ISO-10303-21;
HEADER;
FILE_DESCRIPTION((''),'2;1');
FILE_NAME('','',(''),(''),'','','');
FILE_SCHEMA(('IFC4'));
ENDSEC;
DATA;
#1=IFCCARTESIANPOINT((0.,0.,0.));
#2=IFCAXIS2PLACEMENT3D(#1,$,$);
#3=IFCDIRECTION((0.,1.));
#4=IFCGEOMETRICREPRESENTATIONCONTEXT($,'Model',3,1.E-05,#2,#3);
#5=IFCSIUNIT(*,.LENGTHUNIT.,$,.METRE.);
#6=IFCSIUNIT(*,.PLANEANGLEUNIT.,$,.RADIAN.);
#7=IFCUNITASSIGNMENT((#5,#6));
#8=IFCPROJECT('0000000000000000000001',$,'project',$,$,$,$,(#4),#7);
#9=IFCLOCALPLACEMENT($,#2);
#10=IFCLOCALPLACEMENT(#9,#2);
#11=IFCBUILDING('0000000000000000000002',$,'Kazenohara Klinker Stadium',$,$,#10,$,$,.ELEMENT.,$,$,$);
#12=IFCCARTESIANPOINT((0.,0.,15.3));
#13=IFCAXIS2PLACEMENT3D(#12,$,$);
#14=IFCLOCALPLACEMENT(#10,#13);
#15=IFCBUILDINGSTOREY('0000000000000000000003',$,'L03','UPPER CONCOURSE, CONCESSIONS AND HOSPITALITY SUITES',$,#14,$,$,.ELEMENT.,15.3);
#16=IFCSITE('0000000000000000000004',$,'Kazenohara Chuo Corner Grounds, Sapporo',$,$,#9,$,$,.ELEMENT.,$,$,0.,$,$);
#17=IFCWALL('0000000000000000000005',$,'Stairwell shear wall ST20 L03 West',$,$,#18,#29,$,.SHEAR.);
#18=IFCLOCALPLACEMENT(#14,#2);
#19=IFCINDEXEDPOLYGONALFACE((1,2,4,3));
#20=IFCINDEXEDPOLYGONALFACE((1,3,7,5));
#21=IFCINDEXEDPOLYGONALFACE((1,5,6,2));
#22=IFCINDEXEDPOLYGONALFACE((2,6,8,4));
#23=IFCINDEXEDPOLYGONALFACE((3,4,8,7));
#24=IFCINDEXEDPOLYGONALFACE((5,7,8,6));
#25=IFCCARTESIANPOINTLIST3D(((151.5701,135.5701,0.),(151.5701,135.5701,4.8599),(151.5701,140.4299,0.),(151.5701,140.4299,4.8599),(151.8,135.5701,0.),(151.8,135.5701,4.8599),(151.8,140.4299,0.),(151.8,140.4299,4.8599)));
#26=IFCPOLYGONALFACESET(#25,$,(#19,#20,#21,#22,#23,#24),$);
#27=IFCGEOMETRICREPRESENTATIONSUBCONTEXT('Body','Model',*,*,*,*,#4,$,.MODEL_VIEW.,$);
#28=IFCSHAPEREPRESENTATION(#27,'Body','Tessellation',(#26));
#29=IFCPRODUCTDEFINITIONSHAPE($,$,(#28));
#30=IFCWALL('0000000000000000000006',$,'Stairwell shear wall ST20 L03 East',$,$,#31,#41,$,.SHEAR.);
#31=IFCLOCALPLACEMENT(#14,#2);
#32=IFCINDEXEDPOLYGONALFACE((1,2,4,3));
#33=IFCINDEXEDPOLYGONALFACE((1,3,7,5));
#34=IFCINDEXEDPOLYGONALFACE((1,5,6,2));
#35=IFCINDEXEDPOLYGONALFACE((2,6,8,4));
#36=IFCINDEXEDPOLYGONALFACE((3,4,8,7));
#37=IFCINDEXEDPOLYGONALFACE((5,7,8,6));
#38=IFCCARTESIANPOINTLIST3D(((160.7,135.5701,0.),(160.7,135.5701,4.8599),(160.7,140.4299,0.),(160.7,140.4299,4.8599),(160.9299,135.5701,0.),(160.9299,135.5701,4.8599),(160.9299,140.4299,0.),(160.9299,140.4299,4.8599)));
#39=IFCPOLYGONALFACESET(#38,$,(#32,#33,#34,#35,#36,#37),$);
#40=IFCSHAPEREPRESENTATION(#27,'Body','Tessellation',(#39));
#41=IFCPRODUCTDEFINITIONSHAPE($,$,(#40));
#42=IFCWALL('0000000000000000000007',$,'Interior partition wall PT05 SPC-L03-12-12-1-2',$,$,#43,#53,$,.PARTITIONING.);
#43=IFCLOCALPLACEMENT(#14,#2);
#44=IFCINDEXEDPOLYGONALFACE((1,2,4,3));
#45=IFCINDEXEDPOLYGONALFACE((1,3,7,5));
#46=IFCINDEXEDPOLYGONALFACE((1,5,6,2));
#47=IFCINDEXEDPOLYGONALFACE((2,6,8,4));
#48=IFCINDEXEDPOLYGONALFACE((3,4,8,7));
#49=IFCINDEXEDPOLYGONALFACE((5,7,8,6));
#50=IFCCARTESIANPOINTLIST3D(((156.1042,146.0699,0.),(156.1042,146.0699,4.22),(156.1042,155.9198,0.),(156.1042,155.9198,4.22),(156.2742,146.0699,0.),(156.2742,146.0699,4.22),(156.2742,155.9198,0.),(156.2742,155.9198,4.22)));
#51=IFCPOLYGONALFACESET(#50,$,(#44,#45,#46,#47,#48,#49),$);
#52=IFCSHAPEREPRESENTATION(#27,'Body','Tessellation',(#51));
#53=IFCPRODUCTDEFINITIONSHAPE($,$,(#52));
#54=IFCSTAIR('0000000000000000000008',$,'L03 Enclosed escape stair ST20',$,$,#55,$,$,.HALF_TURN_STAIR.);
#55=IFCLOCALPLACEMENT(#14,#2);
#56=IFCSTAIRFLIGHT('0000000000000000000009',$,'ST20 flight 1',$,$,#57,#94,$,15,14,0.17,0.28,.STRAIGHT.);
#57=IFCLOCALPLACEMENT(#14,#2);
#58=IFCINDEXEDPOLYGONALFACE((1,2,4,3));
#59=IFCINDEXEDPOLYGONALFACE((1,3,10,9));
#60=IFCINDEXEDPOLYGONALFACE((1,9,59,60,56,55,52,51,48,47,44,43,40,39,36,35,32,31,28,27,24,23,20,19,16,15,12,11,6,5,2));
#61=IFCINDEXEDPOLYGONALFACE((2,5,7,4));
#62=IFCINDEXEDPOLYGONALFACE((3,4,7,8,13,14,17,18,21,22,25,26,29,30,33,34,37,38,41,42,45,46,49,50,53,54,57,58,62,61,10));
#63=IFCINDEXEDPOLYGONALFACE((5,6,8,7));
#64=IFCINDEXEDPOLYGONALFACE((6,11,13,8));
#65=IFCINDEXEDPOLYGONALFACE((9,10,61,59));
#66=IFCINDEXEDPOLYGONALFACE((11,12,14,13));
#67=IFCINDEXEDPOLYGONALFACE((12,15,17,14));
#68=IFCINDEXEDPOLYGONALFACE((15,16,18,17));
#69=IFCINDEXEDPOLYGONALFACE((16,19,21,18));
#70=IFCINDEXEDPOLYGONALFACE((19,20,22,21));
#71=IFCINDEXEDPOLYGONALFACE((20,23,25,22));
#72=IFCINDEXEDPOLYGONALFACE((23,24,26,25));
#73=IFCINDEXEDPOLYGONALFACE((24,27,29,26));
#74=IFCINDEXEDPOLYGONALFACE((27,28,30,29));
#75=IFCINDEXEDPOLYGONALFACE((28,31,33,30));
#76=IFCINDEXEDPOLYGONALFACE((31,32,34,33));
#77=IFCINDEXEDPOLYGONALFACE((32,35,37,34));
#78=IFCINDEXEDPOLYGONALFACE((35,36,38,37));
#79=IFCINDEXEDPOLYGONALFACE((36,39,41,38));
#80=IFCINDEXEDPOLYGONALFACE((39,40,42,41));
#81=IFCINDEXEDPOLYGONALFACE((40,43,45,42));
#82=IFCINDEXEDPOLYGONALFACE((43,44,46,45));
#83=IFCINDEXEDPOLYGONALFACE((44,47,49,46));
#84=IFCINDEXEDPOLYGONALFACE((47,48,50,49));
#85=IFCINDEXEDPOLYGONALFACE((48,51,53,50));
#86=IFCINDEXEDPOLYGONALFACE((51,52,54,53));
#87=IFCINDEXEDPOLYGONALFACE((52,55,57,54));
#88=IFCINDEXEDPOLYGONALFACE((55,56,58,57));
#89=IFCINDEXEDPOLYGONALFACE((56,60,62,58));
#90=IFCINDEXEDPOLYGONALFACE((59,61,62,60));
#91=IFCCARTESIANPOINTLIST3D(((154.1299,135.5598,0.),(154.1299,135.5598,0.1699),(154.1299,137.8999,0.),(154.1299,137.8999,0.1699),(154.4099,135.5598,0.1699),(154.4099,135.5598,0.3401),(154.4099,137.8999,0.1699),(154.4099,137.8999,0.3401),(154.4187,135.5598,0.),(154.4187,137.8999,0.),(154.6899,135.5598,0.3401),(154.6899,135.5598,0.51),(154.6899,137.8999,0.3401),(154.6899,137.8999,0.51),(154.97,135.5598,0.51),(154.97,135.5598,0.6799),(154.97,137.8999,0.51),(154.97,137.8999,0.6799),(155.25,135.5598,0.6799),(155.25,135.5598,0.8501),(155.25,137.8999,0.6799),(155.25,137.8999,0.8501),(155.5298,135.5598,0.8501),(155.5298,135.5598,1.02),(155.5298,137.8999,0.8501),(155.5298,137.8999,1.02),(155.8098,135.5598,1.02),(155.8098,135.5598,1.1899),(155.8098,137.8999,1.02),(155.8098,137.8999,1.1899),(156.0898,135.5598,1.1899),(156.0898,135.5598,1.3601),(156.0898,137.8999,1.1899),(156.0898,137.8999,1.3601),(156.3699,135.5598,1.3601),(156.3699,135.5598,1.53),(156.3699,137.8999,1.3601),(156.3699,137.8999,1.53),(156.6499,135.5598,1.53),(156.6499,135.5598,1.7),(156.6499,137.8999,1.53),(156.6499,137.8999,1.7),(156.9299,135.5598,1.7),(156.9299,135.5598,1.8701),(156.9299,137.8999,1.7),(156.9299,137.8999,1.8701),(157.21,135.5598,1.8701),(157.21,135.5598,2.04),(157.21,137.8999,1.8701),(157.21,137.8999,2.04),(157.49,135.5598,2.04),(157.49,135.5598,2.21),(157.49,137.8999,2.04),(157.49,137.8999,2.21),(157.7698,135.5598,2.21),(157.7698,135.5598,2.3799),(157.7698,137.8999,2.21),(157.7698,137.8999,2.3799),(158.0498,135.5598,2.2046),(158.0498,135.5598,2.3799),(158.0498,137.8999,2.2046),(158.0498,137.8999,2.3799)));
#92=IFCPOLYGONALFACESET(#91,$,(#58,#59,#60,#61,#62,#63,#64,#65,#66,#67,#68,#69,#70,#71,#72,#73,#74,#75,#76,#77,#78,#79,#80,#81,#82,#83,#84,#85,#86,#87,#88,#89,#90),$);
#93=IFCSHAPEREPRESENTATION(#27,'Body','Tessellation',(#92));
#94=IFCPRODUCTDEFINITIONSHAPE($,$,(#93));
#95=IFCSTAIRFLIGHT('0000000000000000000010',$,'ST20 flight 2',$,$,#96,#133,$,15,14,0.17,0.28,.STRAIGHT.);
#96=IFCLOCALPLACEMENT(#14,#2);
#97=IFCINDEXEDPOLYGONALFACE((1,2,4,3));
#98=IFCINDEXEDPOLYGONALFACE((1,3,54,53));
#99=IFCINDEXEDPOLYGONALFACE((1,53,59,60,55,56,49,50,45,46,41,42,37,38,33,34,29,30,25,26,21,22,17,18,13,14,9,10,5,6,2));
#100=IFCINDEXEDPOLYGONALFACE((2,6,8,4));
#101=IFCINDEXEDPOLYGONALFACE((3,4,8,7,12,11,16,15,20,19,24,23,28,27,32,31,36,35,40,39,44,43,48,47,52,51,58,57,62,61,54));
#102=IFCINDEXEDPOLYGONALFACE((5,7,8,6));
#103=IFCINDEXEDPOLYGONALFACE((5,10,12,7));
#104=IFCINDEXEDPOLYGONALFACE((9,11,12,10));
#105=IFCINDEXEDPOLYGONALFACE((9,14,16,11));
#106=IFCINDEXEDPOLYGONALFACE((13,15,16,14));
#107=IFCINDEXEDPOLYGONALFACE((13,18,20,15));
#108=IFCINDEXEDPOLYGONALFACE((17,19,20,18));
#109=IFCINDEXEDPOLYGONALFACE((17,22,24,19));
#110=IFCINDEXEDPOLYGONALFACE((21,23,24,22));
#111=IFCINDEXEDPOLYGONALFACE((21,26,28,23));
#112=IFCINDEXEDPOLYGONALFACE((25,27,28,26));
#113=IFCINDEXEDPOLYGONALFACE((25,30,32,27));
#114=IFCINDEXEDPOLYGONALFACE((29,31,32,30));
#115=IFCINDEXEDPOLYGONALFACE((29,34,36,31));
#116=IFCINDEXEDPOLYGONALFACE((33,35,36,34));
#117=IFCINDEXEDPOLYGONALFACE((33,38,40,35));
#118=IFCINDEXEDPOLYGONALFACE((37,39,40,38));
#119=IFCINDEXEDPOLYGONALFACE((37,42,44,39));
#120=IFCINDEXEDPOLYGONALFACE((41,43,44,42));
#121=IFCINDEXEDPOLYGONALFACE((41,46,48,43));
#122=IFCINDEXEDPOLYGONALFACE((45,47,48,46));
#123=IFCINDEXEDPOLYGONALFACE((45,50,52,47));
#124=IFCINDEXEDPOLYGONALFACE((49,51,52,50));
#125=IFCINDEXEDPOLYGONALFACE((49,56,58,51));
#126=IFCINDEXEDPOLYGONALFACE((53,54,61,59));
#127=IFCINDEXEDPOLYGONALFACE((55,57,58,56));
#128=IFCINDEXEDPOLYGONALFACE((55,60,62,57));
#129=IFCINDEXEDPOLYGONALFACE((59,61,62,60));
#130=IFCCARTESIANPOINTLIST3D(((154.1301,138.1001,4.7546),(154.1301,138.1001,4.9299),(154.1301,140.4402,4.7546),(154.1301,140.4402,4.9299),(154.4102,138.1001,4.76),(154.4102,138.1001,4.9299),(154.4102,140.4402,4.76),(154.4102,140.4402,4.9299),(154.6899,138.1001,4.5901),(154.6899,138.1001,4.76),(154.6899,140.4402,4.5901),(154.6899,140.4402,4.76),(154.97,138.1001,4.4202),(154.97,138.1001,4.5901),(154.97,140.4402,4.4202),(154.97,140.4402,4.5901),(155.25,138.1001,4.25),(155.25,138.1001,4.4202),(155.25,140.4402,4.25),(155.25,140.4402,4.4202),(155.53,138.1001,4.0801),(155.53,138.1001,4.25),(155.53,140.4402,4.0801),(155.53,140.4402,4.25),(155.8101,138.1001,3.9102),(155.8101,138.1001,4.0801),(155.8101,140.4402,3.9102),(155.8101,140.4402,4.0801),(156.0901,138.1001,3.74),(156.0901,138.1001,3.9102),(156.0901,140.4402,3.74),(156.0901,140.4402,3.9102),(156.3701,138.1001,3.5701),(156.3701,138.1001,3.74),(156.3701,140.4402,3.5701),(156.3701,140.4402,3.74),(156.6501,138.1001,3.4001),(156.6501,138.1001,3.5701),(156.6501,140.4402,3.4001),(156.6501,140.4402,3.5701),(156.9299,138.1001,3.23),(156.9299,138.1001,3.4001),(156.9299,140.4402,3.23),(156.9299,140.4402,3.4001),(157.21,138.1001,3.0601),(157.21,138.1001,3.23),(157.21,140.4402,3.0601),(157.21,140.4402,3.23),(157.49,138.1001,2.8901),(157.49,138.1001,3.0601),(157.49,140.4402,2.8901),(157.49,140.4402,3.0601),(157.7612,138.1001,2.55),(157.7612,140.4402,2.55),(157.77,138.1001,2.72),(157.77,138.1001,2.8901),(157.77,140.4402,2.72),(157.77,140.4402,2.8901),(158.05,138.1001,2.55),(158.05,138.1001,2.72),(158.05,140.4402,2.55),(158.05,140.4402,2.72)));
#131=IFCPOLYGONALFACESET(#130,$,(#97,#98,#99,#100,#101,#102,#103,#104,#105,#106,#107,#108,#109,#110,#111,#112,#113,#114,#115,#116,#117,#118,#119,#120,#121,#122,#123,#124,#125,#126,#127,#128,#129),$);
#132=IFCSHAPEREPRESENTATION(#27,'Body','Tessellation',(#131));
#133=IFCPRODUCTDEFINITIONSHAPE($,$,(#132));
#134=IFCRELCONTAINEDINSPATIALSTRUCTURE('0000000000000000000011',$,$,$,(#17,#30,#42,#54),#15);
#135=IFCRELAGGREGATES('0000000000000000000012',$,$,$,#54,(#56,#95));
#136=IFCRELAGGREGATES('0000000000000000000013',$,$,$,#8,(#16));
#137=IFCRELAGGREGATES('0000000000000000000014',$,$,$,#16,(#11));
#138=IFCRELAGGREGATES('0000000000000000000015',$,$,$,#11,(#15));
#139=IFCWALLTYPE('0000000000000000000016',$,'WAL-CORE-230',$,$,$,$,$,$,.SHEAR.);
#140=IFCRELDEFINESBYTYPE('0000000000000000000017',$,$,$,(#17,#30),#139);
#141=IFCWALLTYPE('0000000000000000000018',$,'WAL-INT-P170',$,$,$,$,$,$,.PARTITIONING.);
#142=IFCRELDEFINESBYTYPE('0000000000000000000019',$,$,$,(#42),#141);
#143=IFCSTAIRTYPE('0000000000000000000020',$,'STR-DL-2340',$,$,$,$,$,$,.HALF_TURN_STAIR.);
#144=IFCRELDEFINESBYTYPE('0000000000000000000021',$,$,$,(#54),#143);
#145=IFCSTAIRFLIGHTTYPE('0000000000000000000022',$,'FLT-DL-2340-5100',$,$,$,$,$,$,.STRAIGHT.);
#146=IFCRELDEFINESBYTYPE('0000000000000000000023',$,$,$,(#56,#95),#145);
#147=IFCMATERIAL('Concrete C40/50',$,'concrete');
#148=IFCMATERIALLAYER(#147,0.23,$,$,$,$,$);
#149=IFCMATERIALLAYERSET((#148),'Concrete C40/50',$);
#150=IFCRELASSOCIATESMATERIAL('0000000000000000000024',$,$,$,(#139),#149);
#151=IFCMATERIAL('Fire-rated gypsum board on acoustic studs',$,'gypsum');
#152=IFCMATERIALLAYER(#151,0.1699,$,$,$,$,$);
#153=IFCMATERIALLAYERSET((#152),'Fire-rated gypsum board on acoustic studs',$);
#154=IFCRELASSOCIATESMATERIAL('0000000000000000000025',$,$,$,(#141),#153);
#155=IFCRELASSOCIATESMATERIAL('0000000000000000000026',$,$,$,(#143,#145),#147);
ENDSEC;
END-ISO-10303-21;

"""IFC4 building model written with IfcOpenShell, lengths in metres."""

from ifc_helpers import new_model, si_unit, direction, frame, frame_2d, origin, place, context, subcontext, project, spatial, polyline, rectangle, outline, extrude, material, layer, layer_set, type_object, element, aggregate, save


model = new_model("IFC4")

# Units and contexts
model_context = context("Model", 3, precision=1e-05, world=origin(), true_north=direction((0.0, 1.0)))
body_context = subcontext(model_context, "Body", "Model", "MODEL_VIEW")
ifc_project = project(units=[si_unit("LENGTHUNIT", "METRE"), si_unit("PLANEANGLEUNIT", "RADIAN")], contexts=[model_context])

# Site, building, storey
site_placement = place(None, origin())
site = spatial("IfcSite", under=ifc_project, at=site_placement, Name="Kazenohara Chuo Corner Grounds, Sapporo", CompositionType="ELEMENT", RefElevation=0.0)
building_placement = place(site_placement, origin())
building = spatial("IfcBuilding", under=site, at=building_placement, Name="Kazenohara Klinker Stadium", CompositionType="ELEMENT")
storey_placement = place(building_placement, frame((0.0, 0.0, 15.3)))
storey = spatial("IfcBuildingStorey", under=building, at=storey_placement, Name="L03", Description="UPPER CONCOURSE, CONCESSIONS AND HOSPITALITY SUITES", CompositionType="ELEMENT", Elevation=15.3)

# Shared definitions
ifc_material_1 = material(Name="Concrete C40/50", Category="concrete")

# Shared definitions
ifc_layer_1 = layer(ifc_material_1, 0.23)
ifc_layer_set_1 = layer_set([ifc_layer_1], Name="Concrete C40/50")
wall_type_1 = type_object("IfcWallType", Name="WAL-CORE-230", PredefinedType="SHEAR", material=ifc_layer_set_1)

# Walls
for number, where, z_axis, x_axis, name in (
    (1, (151.6851, 135.5701, 0.0), (0.0, 0.0, 1.0), (0.0, 1.0, 0.0), "Stairwell shear wall ST20 L03 West"),
    (2, (160.8149, 135.5701, 0.0), (0.0, 0.0, 1.0), (0.0, 1.0, 0.0), "Stairwell shear wall ST20 L03 East"),
):
    element("IfcWall", number, at=place(storey_placement, frame(where, z_axis=z_axis, x_axis=x_axis)), inside=storey, type_object=wall_type_1, Name=name, PredefinedType="SHEAR", context=body_context, shape_type="SweptSolid", body=[
        extrude(rectangle(XDim=4.8599, YDim=0.23, at=frame_2d((2.4299, 0.0))), origin(), (0.0, 0.0, 1.0), 4.8599),
    ])
ifc_material_2 = material(Name="Fire-rated gypsum board on acoustic studs", Category="gypsum")
ifc_layer_2 = layer(ifc_material_2, 0.1699)
ifc_layer_set_2 = layer_set([ifc_layer_2], Name="Fire-rated gypsum board on acoustic studs")
wall_type_2 = type_object("IfcWallType", Name="WAL-INT-P170", PredefinedType="PARTITIONING", material=ifc_layer_set_2)
wall_1_placement = place(storey_placement, frame((156.1892, 146.0701, 0.0), z_axis=(0.0, 0.0, 1.0), x_axis=(0.0, 1.0, 0.0)))
element("IfcWall", 3, at=wall_1_placement, inside=storey, type_object=wall_type_2, Name="Interior partition wall PT05 SPC-L03-12-12-1-2", PredefinedType="PARTITIONING", context=body_context, shape_type="SweptSolid", body=[
    extrude(rectangle(XDim=9.8499, YDim=0.1699, at=frame_2d((4.9248, 0.0))), origin(), (0.0, 0.0, 1.0), 4.22),
])

# Stair, stair flights
stair_type = type_object("IfcStairType", Name="STR-DL-2340", PredefinedType="HALF_TURN_STAIR", material=ifc_material_1)
stair_placement = place(storey_placement, origin())
stair = element("IfcStair", 4, at=stair_placement, inside=storey, type_object=stair_type, Name="L03 Enclosed escape stair ST20", PredefinedType="HALF_TURN_STAIR")
stair_flight_type = type_object("IfcStairFlightType", Name="FLT-DL-2340-5100", PredefinedType="STRAIGHT", material=ifc_material_1)
stair_flight_1_placement = place(storey_placement, frame((154.1299, 136.73, 0.0), z_axis=(0.0, 0.0, 1.0), x_axis=(1.0, 0.0, 0.0)))
stair_flight_1 = element("IfcStairFlight", 5, at=stair_flight_1_placement, type_object=stair_flight_type, Name="ST20 flight 1", NumberOfRisers=15, NumberOfTreads=14, PredefinedType="STRAIGHT", RiserHeight=0.17, TreadLength=0.28, context=body_context, shape_type="SweptSolid", body=[
    extrude(outline(polyline([(0.0, 0.0), (0.0, 0.1699), (0.28, 0.1699), (0.28, 0.3401), (0.5601, 0.3401), (0.5601, 0.51), (0.8401, 0.51), (0.8401, 0.6799), (1.1201, 0.6799), (1.1201, 0.8501), (1.3999, 0.8501), (1.3999, 1.02), (1.6799, 1.02), (1.6799, 1.1899), (1.96, 1.1899), (1.96, 1.3601), (2.24, 1.3601), (2.24, 1.53), (2.52, 1.53), (2.52, 1.7), (2.8, 1.7), (2.8, 1.8701), (3.0801, 1.8701), (3.0801, 2.04), (3.3601, 2.04), (3.3601, 2.21), (3.6399, 2.21), (3.6399, 2.3799), (3.9199, 2.3799), (3.9199, 2.55), (3.9199, 2.2046), (0.2888, 0.0), (0.0, 0.0)])), frame((0.0, 1.1699, 0.0), z_axis=(0.0, -1.0, 0.0), x_axis=(1.0, 0.0, 0.0)), (0.0, 0.0, 1.0), 2.3401),
])
stair_flight_2_placement = place(storey_placement, frame((158.05, 139.27, 2.55), z_axis=(0.0, 0.0, 1.0), x_axis=(-1.0, 0.0, 0.0)))
stair_flight_2 = element("IfcStairFlight", 6, at=stair_flight_2_placement, type_object=stair_flight_type, Name="ST20 flight 2", NumberOfRisers=15, NumberOfTreads=14, PredefinedType="STRAIGHT", RiserHeight=0.17, TreadLength=0.28, context=body_context, shape_type="SweptSolid", body=[
    extrude(outline(polyline([(0.0, 0.0), (0.0, 0.1699), (0.28, 0.1699), (0.28, 0.3401), (0.5601, 0.3401), (0.5601, 0.51), (0.8401, 0.51), (0.8401, 0.6799), (1.1201, 0.6799), (1.1201, 0.8501), (1.3999, 0.8501), (1.3999, 1.02), (1.6799, 1.02), (1.6799, 1.1899), (1.96, 1.1899), (1.96, 1.3601), (2.24, 1.3601), (2.24, 1.53), (2.52, 1.53), (2.52, 1.7), (2.8, 1.7), (2.8, 1.8701), (3.0801, 1.8701), (3.0801, 2.04), (3.3601, 2.04), (3.3601, 2.21), (3.6399, 2.21), (3.6399, 2.3799), (3.9199, 2.3799), (3.9199, 2.55), (3.9199, 2.2046), (0.2888, 0.0), (0.0, 0.0)])), frame((0.0, 1.1699, 0.0), z_axis=(0.0, -1.0, 0.0), x_axis=(1.0, 0.0, 0.0)), (0.0, 0.0, 1.0), 2.3401),
])
aggregate(stair, [stair_flight_1, stair_flight_2])

save(model, "model.ifc")
